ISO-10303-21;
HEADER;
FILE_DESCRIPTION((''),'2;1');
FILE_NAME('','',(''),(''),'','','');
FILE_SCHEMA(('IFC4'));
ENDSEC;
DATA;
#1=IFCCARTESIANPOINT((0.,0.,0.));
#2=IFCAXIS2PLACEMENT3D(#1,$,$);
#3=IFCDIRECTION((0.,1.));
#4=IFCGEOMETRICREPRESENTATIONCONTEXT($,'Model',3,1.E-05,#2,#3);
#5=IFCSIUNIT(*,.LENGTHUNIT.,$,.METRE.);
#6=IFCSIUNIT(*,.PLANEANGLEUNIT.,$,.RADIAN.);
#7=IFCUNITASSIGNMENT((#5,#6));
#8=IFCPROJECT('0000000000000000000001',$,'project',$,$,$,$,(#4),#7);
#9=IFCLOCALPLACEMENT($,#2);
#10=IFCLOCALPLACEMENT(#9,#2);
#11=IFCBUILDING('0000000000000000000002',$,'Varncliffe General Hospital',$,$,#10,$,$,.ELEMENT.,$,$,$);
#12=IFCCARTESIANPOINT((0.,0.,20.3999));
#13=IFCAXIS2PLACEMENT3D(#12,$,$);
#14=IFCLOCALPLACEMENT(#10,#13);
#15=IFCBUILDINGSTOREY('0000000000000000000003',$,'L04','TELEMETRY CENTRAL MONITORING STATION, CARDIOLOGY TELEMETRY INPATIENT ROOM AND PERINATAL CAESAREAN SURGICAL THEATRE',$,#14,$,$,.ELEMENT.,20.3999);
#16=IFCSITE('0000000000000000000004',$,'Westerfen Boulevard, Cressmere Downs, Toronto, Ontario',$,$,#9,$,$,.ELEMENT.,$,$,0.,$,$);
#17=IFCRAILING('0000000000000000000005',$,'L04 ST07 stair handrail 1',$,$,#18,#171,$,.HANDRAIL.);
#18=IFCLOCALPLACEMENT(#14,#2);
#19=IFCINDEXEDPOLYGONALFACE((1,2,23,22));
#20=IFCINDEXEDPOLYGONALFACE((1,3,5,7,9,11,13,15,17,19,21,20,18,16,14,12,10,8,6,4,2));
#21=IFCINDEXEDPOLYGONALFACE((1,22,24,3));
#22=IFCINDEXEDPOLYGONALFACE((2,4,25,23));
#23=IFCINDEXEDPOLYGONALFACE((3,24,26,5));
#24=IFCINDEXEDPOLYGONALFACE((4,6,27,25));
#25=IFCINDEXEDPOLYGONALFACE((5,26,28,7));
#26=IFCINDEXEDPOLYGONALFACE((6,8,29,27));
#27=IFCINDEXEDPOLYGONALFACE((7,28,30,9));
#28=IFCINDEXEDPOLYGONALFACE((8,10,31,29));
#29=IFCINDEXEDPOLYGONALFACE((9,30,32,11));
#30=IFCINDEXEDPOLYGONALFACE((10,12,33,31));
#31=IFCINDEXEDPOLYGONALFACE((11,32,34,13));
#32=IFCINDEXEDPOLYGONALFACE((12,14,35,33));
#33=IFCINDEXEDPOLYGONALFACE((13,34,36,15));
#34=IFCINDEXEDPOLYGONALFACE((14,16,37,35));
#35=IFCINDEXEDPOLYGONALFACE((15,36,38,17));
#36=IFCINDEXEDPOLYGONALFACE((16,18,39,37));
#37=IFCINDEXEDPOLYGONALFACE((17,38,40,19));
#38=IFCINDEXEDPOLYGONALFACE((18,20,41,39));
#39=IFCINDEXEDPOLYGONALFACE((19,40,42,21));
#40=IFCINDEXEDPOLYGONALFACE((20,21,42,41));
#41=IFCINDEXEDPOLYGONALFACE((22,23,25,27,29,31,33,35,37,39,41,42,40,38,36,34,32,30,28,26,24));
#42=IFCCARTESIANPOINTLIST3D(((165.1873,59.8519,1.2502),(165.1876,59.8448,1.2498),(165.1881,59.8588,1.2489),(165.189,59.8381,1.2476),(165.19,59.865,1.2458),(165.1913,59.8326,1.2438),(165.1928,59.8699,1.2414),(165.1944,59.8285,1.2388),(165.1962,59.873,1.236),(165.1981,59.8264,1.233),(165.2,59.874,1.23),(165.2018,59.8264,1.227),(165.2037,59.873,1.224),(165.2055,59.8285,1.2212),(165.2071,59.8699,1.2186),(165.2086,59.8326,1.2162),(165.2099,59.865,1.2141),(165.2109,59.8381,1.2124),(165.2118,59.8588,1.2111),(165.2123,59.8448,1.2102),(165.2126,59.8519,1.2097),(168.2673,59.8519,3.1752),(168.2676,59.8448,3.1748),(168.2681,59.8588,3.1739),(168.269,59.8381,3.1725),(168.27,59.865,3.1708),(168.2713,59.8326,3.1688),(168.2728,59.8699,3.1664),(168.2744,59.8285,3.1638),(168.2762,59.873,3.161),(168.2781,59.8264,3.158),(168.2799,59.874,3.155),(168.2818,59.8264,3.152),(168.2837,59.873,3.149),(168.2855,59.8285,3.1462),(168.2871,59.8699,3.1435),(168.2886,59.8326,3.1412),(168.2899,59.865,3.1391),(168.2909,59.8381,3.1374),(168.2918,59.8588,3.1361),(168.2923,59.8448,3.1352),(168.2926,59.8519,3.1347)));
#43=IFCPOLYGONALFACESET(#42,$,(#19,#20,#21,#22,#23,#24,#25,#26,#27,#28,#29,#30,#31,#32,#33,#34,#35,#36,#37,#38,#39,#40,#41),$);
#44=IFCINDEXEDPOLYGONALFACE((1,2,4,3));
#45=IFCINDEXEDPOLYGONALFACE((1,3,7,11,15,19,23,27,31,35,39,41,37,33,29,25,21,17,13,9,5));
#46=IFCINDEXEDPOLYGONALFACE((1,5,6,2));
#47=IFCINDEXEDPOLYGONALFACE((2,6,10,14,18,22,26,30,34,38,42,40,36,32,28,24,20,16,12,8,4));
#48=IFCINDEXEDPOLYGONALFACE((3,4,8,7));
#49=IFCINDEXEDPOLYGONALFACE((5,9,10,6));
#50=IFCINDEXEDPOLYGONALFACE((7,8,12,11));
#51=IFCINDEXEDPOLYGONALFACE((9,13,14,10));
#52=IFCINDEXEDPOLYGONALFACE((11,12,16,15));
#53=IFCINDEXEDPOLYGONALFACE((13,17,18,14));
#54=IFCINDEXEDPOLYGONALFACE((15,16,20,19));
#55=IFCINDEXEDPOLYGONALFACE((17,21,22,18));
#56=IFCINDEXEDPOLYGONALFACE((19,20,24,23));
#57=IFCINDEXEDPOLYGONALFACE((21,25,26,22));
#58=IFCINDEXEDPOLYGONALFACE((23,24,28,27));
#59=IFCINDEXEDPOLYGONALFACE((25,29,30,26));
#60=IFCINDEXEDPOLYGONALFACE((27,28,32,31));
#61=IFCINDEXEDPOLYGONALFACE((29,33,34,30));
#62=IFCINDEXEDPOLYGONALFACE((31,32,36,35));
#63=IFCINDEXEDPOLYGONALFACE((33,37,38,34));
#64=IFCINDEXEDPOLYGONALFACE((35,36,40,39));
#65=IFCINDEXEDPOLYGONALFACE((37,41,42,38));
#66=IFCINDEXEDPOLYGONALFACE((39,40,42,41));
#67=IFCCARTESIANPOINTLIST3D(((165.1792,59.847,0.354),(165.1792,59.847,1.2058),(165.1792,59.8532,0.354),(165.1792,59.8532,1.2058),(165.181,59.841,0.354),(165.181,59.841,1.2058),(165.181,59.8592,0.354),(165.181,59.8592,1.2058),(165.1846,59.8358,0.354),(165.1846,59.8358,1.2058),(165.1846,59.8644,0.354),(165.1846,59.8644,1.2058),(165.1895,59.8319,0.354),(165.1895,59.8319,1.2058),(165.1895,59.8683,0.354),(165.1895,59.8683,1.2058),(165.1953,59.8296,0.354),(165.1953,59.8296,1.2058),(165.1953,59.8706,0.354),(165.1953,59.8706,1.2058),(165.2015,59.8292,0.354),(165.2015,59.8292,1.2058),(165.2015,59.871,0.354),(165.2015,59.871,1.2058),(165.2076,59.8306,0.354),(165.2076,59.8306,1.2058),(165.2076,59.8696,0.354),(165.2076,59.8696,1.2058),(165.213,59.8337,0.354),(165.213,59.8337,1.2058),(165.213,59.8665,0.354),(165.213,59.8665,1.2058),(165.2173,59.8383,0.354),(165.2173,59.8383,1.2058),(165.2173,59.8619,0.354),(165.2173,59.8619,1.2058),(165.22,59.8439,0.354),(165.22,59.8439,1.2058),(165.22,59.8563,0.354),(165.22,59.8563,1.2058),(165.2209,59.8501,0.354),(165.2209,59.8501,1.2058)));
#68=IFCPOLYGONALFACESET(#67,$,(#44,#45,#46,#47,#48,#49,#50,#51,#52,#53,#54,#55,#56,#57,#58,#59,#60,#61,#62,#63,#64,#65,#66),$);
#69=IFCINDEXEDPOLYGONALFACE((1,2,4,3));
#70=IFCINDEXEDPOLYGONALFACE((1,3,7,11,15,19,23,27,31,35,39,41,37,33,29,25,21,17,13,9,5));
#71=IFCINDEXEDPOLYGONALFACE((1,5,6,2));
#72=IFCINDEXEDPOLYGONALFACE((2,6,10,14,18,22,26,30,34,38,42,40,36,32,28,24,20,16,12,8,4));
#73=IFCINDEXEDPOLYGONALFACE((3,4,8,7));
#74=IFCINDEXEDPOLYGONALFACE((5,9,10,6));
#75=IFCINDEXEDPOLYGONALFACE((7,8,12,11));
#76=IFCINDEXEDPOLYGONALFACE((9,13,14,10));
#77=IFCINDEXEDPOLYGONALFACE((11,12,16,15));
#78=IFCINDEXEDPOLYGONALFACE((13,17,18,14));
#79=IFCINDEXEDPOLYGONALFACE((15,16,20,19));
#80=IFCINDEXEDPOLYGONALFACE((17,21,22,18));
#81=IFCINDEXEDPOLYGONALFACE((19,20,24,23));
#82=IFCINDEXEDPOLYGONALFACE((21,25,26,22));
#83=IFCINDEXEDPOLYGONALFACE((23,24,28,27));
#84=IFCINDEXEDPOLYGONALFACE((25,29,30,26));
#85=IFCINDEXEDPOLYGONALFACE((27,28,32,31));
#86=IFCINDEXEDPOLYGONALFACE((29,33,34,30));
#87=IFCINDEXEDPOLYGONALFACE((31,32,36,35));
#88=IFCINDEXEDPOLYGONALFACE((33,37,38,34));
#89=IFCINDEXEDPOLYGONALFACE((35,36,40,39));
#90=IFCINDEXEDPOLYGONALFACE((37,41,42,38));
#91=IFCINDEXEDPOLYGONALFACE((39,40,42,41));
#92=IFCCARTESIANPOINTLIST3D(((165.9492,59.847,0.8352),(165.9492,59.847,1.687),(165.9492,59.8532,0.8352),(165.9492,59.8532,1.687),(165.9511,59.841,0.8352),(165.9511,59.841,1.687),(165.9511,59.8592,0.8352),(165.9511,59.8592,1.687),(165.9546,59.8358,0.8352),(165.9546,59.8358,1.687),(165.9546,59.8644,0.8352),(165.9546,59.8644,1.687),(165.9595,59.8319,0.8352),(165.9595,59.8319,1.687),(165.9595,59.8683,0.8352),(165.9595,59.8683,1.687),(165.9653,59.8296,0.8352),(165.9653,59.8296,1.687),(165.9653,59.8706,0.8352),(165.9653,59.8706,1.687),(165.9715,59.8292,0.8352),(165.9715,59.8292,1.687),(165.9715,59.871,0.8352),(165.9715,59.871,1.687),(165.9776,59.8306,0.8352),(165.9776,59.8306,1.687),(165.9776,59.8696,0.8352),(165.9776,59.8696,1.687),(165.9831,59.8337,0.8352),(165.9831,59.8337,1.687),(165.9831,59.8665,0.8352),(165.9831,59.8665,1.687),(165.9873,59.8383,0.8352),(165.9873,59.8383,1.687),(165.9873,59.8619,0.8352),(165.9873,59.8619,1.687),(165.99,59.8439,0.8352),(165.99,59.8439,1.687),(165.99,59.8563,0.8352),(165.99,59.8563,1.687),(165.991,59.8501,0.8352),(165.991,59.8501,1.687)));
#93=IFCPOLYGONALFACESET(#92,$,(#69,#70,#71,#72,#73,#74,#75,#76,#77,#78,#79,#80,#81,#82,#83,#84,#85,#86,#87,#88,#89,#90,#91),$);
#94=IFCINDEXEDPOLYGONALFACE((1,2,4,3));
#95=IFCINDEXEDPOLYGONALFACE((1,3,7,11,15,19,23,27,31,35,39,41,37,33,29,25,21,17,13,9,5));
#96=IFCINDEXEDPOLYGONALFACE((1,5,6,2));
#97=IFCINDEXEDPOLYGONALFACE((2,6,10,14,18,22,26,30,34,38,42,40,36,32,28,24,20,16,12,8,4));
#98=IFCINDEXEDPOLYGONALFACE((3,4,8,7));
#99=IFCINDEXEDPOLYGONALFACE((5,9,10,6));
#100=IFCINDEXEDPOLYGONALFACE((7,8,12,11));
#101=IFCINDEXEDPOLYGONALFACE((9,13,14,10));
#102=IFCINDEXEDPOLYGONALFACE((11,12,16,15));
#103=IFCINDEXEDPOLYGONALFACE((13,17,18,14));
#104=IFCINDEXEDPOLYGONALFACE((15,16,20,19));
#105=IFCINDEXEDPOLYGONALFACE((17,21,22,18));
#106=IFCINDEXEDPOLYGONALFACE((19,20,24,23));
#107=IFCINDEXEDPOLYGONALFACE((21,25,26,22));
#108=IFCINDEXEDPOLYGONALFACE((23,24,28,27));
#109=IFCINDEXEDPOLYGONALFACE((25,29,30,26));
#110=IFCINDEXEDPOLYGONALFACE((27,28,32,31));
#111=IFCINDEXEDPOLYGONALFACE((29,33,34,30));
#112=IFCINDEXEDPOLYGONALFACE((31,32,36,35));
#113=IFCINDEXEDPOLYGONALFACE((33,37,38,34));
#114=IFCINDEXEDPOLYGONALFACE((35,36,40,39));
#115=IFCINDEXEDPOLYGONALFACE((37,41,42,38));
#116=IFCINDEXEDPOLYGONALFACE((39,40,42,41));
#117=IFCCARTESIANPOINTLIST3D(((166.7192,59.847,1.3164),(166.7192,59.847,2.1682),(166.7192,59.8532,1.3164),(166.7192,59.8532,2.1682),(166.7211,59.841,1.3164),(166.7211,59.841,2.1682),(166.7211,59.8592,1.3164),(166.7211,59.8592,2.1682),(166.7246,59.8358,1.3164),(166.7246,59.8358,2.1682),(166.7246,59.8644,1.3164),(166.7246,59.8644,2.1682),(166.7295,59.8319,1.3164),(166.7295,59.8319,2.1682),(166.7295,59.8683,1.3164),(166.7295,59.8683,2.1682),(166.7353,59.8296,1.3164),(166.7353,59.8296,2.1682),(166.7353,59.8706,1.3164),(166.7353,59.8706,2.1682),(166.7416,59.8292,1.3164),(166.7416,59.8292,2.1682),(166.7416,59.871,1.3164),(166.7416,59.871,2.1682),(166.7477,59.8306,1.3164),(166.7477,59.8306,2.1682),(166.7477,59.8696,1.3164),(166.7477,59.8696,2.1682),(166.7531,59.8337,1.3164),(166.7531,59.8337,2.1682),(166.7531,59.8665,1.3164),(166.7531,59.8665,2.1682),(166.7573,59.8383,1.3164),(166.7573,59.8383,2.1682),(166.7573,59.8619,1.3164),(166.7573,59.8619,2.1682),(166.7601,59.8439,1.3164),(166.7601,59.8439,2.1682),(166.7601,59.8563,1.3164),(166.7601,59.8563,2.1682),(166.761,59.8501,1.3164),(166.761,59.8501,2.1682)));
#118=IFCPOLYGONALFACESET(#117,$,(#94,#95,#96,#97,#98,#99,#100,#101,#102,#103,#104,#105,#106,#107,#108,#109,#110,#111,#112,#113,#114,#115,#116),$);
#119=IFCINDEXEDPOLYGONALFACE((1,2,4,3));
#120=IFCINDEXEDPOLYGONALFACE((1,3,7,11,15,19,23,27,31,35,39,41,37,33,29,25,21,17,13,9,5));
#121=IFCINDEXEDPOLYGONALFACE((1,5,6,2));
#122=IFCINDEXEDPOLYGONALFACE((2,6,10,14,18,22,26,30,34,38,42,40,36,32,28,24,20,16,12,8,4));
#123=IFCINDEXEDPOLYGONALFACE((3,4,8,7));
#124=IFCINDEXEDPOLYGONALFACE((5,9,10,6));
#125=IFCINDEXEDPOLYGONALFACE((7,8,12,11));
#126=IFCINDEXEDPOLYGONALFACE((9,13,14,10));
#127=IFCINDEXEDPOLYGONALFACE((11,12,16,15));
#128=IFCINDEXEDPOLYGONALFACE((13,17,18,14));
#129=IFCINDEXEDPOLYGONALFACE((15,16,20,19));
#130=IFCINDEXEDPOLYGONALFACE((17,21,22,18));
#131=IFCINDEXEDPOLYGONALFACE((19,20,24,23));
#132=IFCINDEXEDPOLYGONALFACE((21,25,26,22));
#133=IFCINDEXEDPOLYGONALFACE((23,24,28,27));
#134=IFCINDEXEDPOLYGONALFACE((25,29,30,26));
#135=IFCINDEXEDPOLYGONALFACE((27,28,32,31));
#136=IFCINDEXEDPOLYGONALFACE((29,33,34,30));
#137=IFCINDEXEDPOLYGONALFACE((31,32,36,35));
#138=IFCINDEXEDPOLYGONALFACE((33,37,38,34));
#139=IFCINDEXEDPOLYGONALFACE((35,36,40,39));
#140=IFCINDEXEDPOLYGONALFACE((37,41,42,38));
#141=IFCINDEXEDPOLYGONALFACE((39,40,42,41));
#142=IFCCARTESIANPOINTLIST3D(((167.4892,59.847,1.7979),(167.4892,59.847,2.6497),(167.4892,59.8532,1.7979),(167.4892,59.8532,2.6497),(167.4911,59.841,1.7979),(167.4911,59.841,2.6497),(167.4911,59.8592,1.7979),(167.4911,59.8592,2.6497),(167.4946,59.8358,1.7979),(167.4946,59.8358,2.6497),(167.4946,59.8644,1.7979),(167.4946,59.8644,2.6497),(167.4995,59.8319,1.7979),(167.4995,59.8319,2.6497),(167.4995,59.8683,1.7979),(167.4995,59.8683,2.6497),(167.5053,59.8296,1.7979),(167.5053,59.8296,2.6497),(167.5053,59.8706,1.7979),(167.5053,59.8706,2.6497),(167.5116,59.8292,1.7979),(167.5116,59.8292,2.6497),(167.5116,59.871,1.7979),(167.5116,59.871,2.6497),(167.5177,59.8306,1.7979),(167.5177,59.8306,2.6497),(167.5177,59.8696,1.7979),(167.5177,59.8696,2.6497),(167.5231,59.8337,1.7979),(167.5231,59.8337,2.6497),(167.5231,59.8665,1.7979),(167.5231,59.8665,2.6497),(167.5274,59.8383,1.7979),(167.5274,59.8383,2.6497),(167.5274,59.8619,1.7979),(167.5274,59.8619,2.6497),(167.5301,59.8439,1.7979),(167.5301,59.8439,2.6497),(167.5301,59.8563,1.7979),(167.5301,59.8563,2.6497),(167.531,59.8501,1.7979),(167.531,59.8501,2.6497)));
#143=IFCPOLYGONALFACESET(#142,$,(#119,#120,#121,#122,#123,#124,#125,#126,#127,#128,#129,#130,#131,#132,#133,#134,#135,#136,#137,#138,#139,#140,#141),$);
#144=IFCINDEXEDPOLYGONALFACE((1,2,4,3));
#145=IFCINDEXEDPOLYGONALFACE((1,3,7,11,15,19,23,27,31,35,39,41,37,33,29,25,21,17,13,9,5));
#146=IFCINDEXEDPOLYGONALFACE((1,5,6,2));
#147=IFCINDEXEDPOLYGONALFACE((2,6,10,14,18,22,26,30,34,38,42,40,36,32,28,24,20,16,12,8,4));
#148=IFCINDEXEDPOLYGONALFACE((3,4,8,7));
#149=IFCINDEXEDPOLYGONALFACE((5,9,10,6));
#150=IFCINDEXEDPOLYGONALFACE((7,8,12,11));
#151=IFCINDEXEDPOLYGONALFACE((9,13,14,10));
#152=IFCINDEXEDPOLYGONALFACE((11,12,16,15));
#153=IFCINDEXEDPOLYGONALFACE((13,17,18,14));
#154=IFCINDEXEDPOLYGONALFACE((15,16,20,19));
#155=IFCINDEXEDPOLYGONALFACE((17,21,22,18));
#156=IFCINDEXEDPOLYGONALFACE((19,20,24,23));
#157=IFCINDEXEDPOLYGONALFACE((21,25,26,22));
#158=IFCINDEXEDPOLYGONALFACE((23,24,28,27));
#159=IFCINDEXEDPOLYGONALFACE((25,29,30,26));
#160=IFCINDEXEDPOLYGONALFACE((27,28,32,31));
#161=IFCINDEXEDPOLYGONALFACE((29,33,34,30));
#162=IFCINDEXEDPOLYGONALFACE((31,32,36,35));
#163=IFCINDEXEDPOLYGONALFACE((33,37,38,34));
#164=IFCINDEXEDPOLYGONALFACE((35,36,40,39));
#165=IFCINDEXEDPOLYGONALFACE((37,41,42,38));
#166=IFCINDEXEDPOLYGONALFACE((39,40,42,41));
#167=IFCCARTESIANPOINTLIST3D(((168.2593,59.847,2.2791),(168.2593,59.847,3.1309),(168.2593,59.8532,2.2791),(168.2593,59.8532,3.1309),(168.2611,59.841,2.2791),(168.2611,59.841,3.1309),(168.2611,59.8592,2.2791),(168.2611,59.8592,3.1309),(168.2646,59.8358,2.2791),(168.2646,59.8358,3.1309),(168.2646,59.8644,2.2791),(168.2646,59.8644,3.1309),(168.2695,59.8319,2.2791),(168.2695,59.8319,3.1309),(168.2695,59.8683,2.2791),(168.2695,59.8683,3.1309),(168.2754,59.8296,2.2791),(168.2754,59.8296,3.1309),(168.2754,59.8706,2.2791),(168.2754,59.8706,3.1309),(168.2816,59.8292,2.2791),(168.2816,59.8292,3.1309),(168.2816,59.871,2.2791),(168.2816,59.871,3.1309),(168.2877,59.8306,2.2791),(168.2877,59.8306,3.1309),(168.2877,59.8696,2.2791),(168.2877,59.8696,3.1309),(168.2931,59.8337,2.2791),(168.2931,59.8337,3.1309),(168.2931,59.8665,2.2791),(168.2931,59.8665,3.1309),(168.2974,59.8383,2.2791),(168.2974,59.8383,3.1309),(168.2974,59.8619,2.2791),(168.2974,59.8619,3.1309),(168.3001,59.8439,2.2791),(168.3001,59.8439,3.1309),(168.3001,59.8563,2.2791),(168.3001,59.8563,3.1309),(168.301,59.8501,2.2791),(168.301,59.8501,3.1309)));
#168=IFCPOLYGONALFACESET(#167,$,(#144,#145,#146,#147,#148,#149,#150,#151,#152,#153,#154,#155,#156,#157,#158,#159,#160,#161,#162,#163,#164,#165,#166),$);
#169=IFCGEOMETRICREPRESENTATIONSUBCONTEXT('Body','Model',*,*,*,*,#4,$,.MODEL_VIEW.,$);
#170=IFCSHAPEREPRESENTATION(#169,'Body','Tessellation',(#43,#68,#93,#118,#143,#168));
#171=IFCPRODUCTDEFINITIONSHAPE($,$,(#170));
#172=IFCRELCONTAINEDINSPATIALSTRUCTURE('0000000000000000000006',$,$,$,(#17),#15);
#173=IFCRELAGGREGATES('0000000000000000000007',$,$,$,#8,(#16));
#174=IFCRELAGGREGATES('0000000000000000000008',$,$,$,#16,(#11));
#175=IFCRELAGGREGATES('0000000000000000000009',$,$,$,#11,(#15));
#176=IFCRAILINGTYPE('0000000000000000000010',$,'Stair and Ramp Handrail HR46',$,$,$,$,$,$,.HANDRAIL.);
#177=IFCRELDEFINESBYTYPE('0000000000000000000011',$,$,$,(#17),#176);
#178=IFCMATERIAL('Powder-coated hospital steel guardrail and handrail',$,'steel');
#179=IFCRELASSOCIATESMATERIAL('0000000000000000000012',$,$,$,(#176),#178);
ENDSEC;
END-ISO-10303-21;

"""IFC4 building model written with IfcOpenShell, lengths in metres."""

from ifc_helpers import new_model, si_unit, direction, frame, origin, origin_2d, place, context, subcontext, project, spatial, circle, extrude, material, type_object, element, save


model = new_model("IFC4")

# Units and contexts
model_context = context("Model", 3, precision=1e-05, world=origin(), true_north=direction((0.0, 1.0)))
body_context = subcontext(model_context, "Body", "Model", "MODEL_VIEW")
ifc_project = project(units=[si_unit("LENGTHUNIT", "METRE"), si_unit("PLANEANGLEUNIT", "RADIAN")], contexts=[model_context])

# Site, building, storey
site_placement = place(None, origin())
site = spatial("IfcSite", under=ifc_project, at=site_placement, Name="Westerfen Boulevard, Cressmere Downs, Toronto, Ontario", CompositionType="ELEMENT", RefElevation=0.0)
building_placement = place(site_placement, origin())
building = spatial("IfcBuilding", under=site, at=building_placement, Name="Varncliffe General Hospital", CompositionType="ELEMENT")
storey_placement = place(building_placement, frame((0.0, 0.0, 20.3999)))
storey = spatial("IfcBuildingStorey", under=building, at=storey_placement, Name="L04", Description="TELEMETRY CENTRAL MONITORING STATION, CARDIOLOGY TELEMETRY INPATIENT ROOM AND PERINATAL CAESAREAN SURGICAL THEATRE", CompositionType="ELEMENT", Elevation=20.3999)

# Railing
ifc_material_1 = material(Name="Powder-coated hospital steel guardrail and handrail", Category="steel")
railing_type_1 = type_object("IfcRailingType", Name="Stair and Ramp Handrail HR46", PredefinedType="HANDRAIL", material=ifc_material_1)
railing_1_placement = place(storey_placement, frame((165.2, 59.8501, 0.354)))
element("IfcRailing", 1, at=railing_1_placement, inside=storey, type_object=railing_type_1, Name="L04 ST07 stair handrail 1", PredefinedType="HANDRAIL", context=body_context, shape_type="SweptSolid", body=[
    extrude(circle(Radius=0.0239, at=origin_2d()), frame((0.0, 0.0, 0.876), z_axis=(0.847998, 0.0, 0.529999), x_axis=(0.0, 1.0, 0.0)), (0.0, 0.0, 1.0), 3.6321),
    extrude(circle(Radius=0.021, at=origin_2d()), origin(), (0.0, 0.0, 1.0), 0.8518),
    extrude(circle(Radius=0.021, at=origin_2d()), frame((0.77, 0.0, 0.4812)), (0.0, 0.0, 1.0), 0.8518),
    extrude(circle(Radius=0.021, at=origin_2d()), frame((1.54, 0.0, 0.9624)), (0.0, 0.0, 1.0), 0.8518),
    extrude(circle(Radius=0.021, at=origin_2d()), frame((2.3101, 0.0, 1.4438)), (0.0, 0.0, 1.0), 0.8518),
    extrude(circle(Radius=0.021, at=origin_2d()), frame((3.0801, 0.0, 1.925)), (0.0, 0.0, 1.0), 0.8518),
])

save(model, "model.ifc")
